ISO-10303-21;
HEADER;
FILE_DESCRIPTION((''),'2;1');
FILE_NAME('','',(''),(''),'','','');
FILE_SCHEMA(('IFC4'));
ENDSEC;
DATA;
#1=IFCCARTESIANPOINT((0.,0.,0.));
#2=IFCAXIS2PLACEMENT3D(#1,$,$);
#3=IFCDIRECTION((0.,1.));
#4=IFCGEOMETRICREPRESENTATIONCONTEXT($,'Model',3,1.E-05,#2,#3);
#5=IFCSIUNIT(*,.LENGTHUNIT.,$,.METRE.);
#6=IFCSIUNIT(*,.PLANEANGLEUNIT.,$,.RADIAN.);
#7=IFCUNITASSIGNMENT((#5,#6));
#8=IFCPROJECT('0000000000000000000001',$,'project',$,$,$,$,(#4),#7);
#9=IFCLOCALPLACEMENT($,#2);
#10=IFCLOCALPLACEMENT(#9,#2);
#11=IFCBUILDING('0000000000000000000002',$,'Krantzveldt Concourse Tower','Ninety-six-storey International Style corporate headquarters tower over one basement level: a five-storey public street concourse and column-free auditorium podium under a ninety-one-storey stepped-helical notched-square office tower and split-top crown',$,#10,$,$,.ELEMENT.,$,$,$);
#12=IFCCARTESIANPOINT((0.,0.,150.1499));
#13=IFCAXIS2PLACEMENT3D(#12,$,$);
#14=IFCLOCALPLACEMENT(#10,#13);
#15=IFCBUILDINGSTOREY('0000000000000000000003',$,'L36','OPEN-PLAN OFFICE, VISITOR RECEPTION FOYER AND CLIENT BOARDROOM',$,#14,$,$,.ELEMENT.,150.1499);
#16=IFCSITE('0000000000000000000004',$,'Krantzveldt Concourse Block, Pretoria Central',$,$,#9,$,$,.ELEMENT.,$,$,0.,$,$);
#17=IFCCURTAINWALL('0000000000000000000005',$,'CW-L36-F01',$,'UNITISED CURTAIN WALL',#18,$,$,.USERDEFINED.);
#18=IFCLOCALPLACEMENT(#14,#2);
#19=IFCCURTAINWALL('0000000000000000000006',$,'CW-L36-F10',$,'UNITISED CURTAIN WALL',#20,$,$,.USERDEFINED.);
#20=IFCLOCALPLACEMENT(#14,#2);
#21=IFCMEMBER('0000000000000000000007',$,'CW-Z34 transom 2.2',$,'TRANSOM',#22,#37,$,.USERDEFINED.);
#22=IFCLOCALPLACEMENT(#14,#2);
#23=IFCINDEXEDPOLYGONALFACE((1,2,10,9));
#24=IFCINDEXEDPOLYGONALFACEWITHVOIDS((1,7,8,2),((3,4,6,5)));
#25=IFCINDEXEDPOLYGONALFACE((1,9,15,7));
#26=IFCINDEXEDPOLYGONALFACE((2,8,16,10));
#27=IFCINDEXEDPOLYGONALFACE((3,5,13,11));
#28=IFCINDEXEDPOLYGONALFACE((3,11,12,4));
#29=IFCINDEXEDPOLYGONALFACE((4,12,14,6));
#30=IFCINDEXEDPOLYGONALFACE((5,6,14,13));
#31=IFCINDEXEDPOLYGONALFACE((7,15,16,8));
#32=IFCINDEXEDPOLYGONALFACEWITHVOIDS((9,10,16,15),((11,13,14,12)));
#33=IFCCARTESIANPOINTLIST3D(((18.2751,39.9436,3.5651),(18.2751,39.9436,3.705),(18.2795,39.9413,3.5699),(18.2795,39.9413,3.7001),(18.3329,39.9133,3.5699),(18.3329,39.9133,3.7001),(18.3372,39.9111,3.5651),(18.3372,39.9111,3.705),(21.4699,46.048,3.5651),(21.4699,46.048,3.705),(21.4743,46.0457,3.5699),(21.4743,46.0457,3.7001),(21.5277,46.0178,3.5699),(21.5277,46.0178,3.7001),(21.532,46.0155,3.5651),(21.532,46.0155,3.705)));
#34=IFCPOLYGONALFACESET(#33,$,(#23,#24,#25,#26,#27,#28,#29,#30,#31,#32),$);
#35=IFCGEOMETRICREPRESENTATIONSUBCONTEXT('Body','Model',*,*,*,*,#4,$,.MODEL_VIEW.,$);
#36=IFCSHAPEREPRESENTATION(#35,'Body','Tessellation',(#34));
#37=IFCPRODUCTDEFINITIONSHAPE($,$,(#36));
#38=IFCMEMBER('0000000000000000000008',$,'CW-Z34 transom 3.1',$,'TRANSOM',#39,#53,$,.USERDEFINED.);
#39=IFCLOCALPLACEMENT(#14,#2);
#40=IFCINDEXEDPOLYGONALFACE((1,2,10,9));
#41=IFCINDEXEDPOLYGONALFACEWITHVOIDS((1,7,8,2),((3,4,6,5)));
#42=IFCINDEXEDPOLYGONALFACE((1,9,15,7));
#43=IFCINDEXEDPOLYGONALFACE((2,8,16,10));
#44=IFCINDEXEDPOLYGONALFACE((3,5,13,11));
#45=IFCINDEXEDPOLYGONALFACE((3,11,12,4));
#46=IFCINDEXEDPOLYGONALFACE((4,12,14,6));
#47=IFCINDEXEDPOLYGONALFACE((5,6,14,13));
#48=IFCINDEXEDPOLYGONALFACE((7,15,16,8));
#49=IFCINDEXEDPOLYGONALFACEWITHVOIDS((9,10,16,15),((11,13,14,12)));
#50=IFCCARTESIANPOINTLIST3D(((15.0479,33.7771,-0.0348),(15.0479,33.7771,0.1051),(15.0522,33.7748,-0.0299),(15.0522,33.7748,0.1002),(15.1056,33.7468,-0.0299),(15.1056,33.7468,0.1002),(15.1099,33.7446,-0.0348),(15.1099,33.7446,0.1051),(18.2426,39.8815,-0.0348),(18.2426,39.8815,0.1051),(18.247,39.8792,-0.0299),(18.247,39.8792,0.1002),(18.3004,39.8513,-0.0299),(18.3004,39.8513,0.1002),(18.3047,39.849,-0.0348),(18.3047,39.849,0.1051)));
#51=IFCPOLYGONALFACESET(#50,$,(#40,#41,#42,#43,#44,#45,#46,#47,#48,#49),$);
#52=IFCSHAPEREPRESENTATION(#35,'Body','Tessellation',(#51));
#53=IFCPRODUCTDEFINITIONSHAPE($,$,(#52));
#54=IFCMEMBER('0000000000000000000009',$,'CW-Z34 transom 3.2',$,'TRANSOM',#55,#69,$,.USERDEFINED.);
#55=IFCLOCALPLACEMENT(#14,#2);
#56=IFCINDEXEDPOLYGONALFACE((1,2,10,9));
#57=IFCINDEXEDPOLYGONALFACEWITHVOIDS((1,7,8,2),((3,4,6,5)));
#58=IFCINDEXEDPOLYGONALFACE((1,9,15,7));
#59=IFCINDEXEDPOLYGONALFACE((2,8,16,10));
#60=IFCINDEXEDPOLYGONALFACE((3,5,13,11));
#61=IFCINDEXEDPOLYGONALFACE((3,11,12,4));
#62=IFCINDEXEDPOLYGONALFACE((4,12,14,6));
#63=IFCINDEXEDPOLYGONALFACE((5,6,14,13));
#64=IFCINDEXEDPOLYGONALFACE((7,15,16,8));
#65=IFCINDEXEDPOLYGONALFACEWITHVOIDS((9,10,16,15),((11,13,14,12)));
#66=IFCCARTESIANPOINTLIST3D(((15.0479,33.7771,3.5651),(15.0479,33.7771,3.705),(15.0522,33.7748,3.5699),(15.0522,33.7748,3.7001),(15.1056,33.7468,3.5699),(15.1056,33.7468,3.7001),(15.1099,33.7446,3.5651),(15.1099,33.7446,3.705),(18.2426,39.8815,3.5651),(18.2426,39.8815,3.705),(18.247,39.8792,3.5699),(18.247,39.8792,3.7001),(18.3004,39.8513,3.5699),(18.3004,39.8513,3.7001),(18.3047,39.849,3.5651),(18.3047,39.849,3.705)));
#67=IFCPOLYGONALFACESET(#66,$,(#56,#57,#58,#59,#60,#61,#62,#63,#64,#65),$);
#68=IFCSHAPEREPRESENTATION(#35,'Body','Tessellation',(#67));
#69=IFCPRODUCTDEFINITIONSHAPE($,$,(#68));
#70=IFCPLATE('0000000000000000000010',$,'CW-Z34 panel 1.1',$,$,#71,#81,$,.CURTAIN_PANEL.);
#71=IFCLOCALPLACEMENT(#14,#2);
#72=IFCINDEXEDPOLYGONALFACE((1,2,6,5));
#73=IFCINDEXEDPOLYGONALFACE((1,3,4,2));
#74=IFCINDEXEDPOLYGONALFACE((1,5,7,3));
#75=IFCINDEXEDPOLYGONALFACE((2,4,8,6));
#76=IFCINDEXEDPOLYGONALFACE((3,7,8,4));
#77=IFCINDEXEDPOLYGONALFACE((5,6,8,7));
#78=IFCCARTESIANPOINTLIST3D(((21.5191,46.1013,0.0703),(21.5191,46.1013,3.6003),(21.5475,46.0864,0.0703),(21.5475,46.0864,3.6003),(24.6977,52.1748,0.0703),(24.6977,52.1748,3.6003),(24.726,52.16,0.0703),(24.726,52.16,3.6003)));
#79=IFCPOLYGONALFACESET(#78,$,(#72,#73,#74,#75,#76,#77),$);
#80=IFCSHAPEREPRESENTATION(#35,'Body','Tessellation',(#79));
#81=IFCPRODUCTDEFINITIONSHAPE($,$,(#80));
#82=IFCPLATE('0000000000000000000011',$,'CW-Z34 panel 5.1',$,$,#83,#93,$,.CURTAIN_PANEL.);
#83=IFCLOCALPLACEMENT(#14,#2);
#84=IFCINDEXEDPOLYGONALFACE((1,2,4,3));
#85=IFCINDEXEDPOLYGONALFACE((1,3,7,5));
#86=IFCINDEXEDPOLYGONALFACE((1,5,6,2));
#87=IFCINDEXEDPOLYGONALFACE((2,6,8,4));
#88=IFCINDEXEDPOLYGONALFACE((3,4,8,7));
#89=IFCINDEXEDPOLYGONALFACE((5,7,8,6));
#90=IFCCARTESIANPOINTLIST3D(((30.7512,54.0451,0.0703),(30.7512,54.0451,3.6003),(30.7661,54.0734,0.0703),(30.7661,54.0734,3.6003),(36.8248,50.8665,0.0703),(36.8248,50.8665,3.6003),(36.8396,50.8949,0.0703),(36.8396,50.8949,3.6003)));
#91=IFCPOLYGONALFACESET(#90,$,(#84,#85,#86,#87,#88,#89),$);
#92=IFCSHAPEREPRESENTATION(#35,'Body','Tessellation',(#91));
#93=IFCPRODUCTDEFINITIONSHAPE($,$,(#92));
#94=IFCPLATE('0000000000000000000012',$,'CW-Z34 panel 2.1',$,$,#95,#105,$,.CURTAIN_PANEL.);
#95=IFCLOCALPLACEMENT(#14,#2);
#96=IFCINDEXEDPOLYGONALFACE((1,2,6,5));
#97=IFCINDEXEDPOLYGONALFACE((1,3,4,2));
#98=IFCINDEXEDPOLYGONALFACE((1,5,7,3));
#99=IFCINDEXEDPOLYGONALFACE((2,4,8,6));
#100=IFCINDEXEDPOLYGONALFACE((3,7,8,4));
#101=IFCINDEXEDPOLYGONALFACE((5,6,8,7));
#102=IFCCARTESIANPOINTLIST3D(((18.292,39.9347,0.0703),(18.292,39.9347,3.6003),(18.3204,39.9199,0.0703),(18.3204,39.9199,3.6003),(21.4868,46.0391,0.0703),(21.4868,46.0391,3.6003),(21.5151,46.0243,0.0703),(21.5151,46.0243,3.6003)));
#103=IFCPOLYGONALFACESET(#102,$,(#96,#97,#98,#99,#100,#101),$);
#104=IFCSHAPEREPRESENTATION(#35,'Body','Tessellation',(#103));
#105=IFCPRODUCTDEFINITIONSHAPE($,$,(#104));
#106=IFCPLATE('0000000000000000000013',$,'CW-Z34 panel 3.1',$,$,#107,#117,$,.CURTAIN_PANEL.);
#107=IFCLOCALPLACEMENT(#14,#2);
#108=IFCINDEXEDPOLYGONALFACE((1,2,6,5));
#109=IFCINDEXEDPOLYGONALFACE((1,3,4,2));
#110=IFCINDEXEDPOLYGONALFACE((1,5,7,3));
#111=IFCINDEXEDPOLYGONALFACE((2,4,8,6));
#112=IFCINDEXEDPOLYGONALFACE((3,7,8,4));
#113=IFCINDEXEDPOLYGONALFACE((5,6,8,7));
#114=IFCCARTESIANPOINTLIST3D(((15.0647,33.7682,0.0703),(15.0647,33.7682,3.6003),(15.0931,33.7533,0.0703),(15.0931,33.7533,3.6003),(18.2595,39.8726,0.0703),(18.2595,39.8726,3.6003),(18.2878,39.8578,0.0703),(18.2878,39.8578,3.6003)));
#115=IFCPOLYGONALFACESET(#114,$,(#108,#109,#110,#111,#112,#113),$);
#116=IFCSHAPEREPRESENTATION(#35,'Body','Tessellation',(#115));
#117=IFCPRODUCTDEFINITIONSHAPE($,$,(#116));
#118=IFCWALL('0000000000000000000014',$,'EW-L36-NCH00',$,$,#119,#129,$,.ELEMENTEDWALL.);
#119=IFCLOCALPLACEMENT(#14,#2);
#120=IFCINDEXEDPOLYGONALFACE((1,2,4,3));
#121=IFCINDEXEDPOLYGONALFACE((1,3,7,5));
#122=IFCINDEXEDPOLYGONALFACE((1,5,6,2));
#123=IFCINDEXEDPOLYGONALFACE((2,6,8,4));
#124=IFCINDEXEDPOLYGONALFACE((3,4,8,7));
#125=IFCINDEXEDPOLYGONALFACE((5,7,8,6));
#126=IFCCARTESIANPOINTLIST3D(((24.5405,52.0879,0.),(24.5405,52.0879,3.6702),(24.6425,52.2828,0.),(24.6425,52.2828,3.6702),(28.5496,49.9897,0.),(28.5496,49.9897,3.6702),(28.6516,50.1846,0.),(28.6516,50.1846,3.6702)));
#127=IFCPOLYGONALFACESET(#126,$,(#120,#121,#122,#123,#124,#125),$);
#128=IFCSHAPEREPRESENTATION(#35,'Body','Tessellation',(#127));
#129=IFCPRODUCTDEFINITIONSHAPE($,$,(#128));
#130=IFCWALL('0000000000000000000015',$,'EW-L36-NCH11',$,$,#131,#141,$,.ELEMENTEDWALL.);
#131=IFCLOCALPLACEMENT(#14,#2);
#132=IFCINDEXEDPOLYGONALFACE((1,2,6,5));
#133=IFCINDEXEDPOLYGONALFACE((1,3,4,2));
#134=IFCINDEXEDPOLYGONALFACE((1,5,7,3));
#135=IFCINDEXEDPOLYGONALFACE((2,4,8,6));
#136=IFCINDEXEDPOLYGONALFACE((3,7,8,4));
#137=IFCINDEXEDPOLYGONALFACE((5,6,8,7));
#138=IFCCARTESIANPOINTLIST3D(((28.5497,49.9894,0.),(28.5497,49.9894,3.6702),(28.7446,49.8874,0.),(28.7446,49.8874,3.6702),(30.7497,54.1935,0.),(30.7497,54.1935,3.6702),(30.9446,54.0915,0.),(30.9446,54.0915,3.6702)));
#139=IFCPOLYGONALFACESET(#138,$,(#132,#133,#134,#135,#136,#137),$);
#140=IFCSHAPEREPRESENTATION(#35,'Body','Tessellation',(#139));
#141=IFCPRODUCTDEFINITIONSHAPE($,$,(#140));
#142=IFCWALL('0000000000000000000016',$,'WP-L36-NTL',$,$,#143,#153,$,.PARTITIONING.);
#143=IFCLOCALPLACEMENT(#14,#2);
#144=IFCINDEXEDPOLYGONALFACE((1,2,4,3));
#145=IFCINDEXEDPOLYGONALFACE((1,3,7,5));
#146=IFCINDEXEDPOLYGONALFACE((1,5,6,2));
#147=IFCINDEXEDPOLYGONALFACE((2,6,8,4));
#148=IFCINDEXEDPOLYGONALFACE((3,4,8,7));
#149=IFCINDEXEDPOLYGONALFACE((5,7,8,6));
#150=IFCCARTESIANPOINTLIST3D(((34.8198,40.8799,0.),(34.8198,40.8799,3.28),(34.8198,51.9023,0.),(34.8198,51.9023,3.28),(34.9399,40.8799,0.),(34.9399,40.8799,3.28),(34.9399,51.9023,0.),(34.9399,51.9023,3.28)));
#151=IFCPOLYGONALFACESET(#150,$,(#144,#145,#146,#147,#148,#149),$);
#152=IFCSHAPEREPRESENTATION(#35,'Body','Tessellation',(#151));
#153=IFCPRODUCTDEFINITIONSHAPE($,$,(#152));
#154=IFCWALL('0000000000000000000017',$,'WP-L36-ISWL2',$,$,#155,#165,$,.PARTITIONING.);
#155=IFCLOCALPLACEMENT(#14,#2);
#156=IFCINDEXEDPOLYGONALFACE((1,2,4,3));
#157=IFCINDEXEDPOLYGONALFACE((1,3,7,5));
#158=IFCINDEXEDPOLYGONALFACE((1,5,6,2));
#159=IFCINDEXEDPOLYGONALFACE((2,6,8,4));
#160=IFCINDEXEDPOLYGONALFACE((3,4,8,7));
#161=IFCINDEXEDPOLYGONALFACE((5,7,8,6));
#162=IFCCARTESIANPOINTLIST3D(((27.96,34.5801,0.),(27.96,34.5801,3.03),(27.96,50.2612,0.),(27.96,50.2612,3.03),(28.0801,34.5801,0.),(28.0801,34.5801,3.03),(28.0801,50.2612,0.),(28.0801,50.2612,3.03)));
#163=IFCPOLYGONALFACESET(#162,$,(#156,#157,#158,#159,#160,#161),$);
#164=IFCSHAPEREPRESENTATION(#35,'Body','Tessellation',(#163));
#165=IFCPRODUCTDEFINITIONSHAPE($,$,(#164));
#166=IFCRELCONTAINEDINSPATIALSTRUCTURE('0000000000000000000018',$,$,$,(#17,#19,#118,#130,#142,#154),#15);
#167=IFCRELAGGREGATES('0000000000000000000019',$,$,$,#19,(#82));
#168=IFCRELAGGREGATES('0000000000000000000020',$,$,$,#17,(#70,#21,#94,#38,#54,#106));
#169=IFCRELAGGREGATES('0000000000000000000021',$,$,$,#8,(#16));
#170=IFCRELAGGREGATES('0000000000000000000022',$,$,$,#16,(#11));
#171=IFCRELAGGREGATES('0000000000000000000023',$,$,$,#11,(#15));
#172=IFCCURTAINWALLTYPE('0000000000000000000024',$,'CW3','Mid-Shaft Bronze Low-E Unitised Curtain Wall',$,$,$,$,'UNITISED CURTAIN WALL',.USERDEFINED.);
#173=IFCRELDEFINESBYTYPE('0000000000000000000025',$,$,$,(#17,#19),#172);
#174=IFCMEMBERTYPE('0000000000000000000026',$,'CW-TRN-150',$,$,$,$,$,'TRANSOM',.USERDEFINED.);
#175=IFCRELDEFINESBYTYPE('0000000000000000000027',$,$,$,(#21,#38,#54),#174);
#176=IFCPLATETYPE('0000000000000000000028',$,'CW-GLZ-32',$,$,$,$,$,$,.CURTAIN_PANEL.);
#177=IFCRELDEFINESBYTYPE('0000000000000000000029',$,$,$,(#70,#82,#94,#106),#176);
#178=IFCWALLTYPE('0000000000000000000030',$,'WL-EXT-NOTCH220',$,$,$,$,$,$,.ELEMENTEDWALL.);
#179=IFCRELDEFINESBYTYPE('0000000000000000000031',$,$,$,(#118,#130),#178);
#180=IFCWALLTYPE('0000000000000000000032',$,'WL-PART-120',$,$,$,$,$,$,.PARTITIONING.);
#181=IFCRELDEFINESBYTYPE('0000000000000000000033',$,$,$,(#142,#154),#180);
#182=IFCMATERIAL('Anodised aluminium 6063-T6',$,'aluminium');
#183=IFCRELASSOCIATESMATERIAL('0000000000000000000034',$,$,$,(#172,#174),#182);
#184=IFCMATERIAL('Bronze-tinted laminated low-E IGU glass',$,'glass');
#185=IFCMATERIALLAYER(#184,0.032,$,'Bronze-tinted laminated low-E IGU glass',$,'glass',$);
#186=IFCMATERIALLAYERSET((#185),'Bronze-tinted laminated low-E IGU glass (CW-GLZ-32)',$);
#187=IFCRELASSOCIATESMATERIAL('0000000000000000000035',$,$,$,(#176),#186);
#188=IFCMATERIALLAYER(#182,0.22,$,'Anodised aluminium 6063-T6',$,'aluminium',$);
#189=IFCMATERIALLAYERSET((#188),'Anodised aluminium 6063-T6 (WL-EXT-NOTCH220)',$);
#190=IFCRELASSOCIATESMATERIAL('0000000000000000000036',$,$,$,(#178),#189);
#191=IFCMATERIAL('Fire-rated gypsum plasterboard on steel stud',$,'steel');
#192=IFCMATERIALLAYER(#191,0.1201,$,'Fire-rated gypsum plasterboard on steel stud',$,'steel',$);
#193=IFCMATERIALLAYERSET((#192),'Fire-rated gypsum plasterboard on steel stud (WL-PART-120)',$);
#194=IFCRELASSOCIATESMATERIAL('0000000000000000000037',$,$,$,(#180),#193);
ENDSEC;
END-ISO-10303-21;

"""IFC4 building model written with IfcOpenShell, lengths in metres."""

from ifc_helpers import new_model, si_unit, direction, frame, frame_2d, origin, origin_2d, place, context, subcontext, project, spatial, rectangle, hollow_rectangle, extrude, source, transform, mapped, material, layer, layer_set, material_profile, profile_set, type_object, type_shapes, element, aggregate, save


model = new_model("IFC4")

# Units and contexts
model_context = context("Model", 3, precision=1e-05, world=origin(), true_north=direction((0.0, 1.0)))
body_context = subcontext(model_context, "Body", "Model", "MODEL_VIEW")
ifc_project = project(units=[si_unit("LENGTHUNIT", "METRE"), si_unit("PLANEANGLEUNIT", "RADIAN")], contexts=[model_context])

# Site, building, storey
site_placement = place(None, origin())
site = spatial("IfcSite", under=ifc_project, at=site_placement, Name="Krantzveldt Concourse Block, Pretoria Central", CompositionType="ELEMENT", RefElevation=0.0)
building_placement = place(site_placement, origin())
building = spatial("IfcBuilding", under=site, at=building_placement, Name="Krantzveldt Concourse Tower", Description="Ninety-six-storey International Style corporate headquarters tower over one basement level: a five-storey public street concourse and column-free auditorium podium under a ninety-one-storey stepped-helical notched-square office tower and split-top crown", CompositionType="ELEMENT")
storey_placement = place(building_placement, frame((0.0, 0.0, 150.1499)))
storey = spatial("IfcBuildingStorey", under=building, at=storey_placement, Name="L36", Description="OPEN-PLAN OFFICE, VISITOR RECEPTION FOYER AND CLIENT BOARDROOM", CompositionType="ELEMENT", Elevation=150.1499)

# Curtain wall
ifc_material_1 = material(Name="Anodised aluminium 6063-T6", Category="aluminium")
curtain_wall_type = type_object("IfcCurtainWallType", Name="CW3", Description="Mid-Shaft Bronze Low-E Unitised Curtain Wall", ElementType="UNITISED CURTAIN WALL", PredefinedType="USERDEFINED", material=ifc_material_1)
curtain_wall_1_placement = place(storey_placement, origin())
curtain_wall_1 = element("IfcCurtainWall", 1, at=curtain_wall_1_placement, inside=storey, type_object=curtain_wall_type, Name="CW-L36-F01", ObjectType="UNITISED CURTAIN WALL", PredefinedType="USERDEFINED")

# Curtain wall
curtain_wall_2_placement = place(storey_placement, origin())
curtain_wall_2 = element("IfcCurtainWall", 2, at=curtain_wall_2_placement, inside=storey, type_object=curtain_wall_type, Name="CW-L36-F10", ObjectType="UNITISED CURTAIN WALL", PredefinedType="USERDEFINED")

# Members
ifc_material_profile_1 = material_profile(ifc_material_1, hollow_rectangle(XDim=0.0701, YDim=0.1399, WallThickness=0.0049, at=origin_2d()), Name="Anodised aluminium 6063-T6", Category="aluminium")
ifc_profile_set_1 = profile_set([ifc_material_profile_1], Name="Anodised aluminium 6063-T6 - ALU-TRAN 140x70x5")
member_type_1 = type_object("IfcMemberType", Name="CW-TRN-150", ElementType="TRANSOM", PredefinedType="USERDEFINED", material=ifc_profile_set_1)
shared_shape_1 = source(origin(), body_context, "Body", "SweptSolid", [
    extrude(hollow_rectangle(XDim=0.0701, YDim=0.1399, WallThickness=0.0049, at=origin_2d()), origin(), (0.0, 0.0, 1.0), 6.8899),
])
member_1_placement = place(storey_placement, frame((21.501, 46.0317, 3.635), z_axis=(-0.463692, -0.885997, 0.0), x_axis=(0.885997, -0.463692, 0.0)))
member_1 = element("IfcMember", 3, at=member_1_placement, type_object=member_type_1, Name="CW-Z34 transom 2.2", ObjectType="TRANSOM", PredefinedType="USERDEFINED", context=body_context, shape_type="MappedRepresentation", body=[
    mapped(shared_shape_1, transform((0.0, 0.0, 0.0), x_axis=(1.0, 0.0, 0.0), y_axis=(0.0, 1.0, 0.0), z_axis=(0.0, 0.0, 1.0), scale=1.0)),
])
member_2_placement = place(storey_placement, frame((18.2737, 39.8652, 0.0352), z_axis=(-0.463692, -0.885997, 0.0), x_axis=(0.885997, -0.463692, 0.0)))
member_2 = element("IfcMember", 4, at=member_2_placement, type_object=member_type_1, Name="CW-Z34 transom 3.1", ObjectType="TRANSOM", PredefinedType="USERDEFINED", context=body_context, shape_type="MappedRepresentation", body=[
    mapped(shared_shape_1, transform((0.0, 0.0, 0.0), x_axis=(1.0, 0.0, 0.0), y_axis=(0.0, 1.0, 0.0), z_axis=(0.0, 0.0, 1.0), scale=1.0)),
])
member_3_placement = place(storey_placement, frame((18.2737, 39.8652, 3.635), z_axis=(-0.463692, -0.885997, 0.0), x_axis=(0.885997, -0.463692, 0.0)))
member_3 = element("IfcMember", 5, at=member_3_placement, type_object=member_type_1, Name="CW-Z34 transom 3.2", ObjectType="TRANSOM", PredefinedType="USERDEFINED", context=body_context, shape_type="MappedRepresentation", body=[
    mapped(shared_shape_1, transform((0.0, 0.0, 0.0), x_axis=(1.0, 0.0, 0.0), y_axis=(0.0, 1.0, 0.0), z_axis=(0.0, 0.0, 1.0), scale=1.0)),
])

# Plates
ifc_material_2 = material(Name="Bronze-tinted laminated low-E IGU glass", Category="glass")
ifc_layer_1 = layer(ifc_material_2, 0.032, Name="Bronze-tinted laminated low-E IGU glass", Category="glass")
ifc_layer_set_1 = layer_set([ifc_layer_1], Name="Bronze-tinted laminated low-E IGU glass (CW-GLZ-32)")
plate_type = type_object("IfcPlateType", Name="CW-GLZ-32", PredefinedType="CURTAIN_PANEL", material=ifc_layer_set_1)
shared_shape_2 = source(origin(), body_context, "Body", "SweptSolid", [
    extrude(rectangle(XDim=6.855, YDim=0.032, at=origin_2d()), origin(), (0.0, 0.0, 1.0), 3.53),
])
plate_1_placement = place(storey_placement, frame((23.1226, 49.1306, 0.0703), z_axis=(0.0, 0.0, 1.0), x_axis=(-0.463683, -0.886001, 0.0)))
plate_1 = element("IfcPlate", 6, at=plate_1_placement, type_object=plate_type, Name="CW-Z34 panel 1.1", PredefinedType="CURTAIN_PANEL", context=body_context, shape_type="MappedRepresentation", body=[
    mapped(shared_shape_2, transform((0.0, 0.0, 0.0), x_axis=(1.0, 0.0, 0.0), y_axis=(0.0, 1.0, 0.0), z_axis=(0.0, 0.0, 1.0), scale=1.0)),
])
plate_2_placement = place(storey_placement, frame((33.7954, 52.47, 0.0703), z_axis=(0.0, 0.0, 1.0), x_axis=(-0.886001, 0.463683, 0.0)))
plate_2 = element("IfcPlate", 7, at=plate_2_placement, type_object=plate_type, Name="CW-Z34 panel 5.1", PredefinedType="CURTAIN_PANEL", context=body_context, shape_type="MappedRepresentation", body=[
    mapped(shared_shape_2, transform((0.0, 0.0, 0.0), x_axis=(1.0, 0.0, 0.0), y_axis=(0.0, 1.0, 0.0), z_axis=(0.0, 0.0, 1.0), scale=1.0)),
])
aggregate(curtain_wall_2, [plate_2])
shared_shape_3 = source(origin(), body_context, "Body", "SweptSolid", [
    extrude(rectangle(XDim=6.8899, YDim=0.032, at=origin_2d()), origin(), (0.0, 0.0, 1.0), 3.53),
])
type_shapes(plate_type, [shared_shape_2, shared_shape_3])
plate_3_placement = place(storey_placement, frame((19.9036, 42.9795, 0.0703), z_axis=(0.0, 0.0, 1.0), x_axis=(-0.463683, -0.886001, 0.0)))
plate_3 = element("IfcPlate", 8, at=plate_3_placement, type_object=plate_type, Name="CW-Z34 panel 2.1", PredefinedType="CURTAIN_PANEL", context=body_context, shape_type="MappedRepresentation", body=[
    mapped(shared_shape_3, transform((0.0, 0.0, 0.0), x_axis=(1.0, 0.0, 0.0), y_axis=(0.0, 1.0, 0.0), z_axis=(0.0, 0.0, 1.0), scale=1.0)),
])
plate_4_placement = place(storey_placement, frame((16.6763, 36.813, 0.0703), z_axis=(0.0, 0.0, 1.0), x_axis=(-0.463683, -0.886001, 0.0)))
plate_4 = element("IfcPlate", 9, at=plate_4_placement, type_object=plate_type, Name="CW-Z34 panel 3.1", PredefinedType="CURTAIN_PANEL", context=body_context, shape_type="MappedRepresentation", body=[
    mapped(shared_shape_3, transform((0.0, 0.0, 0.0), x_axis=(1.0, 0.0, 0.0), y_axis=(0.0, 1.0, 0.0), z_axis=(0.0, 0.0, 1.0), scale=1.0)),
])
aggregate(curtain_wall_1, [plate_1, member_1, plate_3, member_2, member_3, plate_4])

# Walls
ifc_layer_2 = layer(ifc_material_1, 0.22, Name="Anodised aluminium 6063-T6", Category="aluminium")
ifc_layer_set_2 = layer_set([ifc_layer_2], Name="Anodised aluminium 6063-T6 (WL-EXT-NOTCH220)")
wall_type_1 = type_object("IfcWallType", Name="WL-EXT-NOTCH220", PredefinedType="ELEMENTEDWALL", material=ifc_layer_set_2)
wall_1_placement = place(storey_placement, frame((28.6006, 50.0872, 0.0), z_axis=(0.0, 0.0, 1.0), x_axis=(-0.885997, 0.46369, 0.0)))
element("IfcWall", 10, at=wall_1_placement, inside=storey, type_object=wall_type_1, Name="EW-L36-NCH00", PredefinedType="ELEMENTEDWALL", context=body_context, shape_type="SweptSolid", body=[
    extrude(rectangle(XDim=4.5249, YDim=0.22, at=frame_2d((2.2625, 0.0))), origin(), (0.0, 0.0, 1.0), 3.6702),
])
wall_2_placement = place(storey_placement, frame((30.8472, 54.1426, 0.0), z_axis=(0.0, 0.0, 1.0), x_axis=(-0.463644, -0.886022, 0.0)))
element("IfcWall", 11, at=wall_2_placement, inside=storey, type_object=wall_type_1, Name="EW-L36-NCH11", PredefinedType="ELEMENTEDWALL", context=body_context, shape_type="SweptSolid", body=[
    extrude(rectangle(XDim=4.7449, YDim=0.22, at=frame_2d((2.3726, 0.0))), origin(), (0.0, 0.0, 1.0), 3.6702),
])
ifc_material_3 = material(Name="Fire-rated gypsum plasterboard on steel stud", Category="steel")
ifc_layer_3 = layer(ifc_material_3, 0.1201, Name="Fire-rated gypsum plasterboard on steel stud", Category="steel")
ifc_layer_set_3 = layer_set([ifc_layer_3], Name="Fire-rated gypsum plasterboard on steel stud (WL-PART-120)")
wall_type_2 = type_object("IfcWallType", Name="WL-PART-120", PredefinedType="PARTITIONING", material=ifc_layer_set_3)
wall_3_placement = place(storey_placement, frame((34.8799, 40.8799, 0.0), z_axis=(0.0, 0.0, 1.0), x_axis=(0.0, 1.0, 0.0)))
element("IfcWall", 12, at=wall_3_placement, inside=storey, type_object=wall_type_2, Name="WP-L36-NTL", PredefinedType="PARTITIONING", context=body_context, shape_type="SweptSolid", body=[
    extrude(rectangle(XDim=11.0225, YDim=0.1201, at=frame_2d((5.5112, 0.0))), origin(), (0.0, 0.0, 1.0), 3.28),
])
wall_4_placement = place(storey_placement, frame((28.02, 34.5801, 0.0), z_axis=(0.0, 0.0, 1.0), x_axis=(0.0, 1.0, 0.0)))
element("IfcWall", 13, at=wall_4_placement, inside=storey, type_object=wall_type_2, Name="WP-L36-ISWL2", PredefinedType="PARTITIONING", context=body_context, shape_type="SweptSolid", body=[
    extrude(rectangle(XDim=15.6812, YDim=0.1201, at=frame_2d((7.8406, 0.0))), origin(), (0.0, 0.0, 1.0), 3.03),
])

save(model, "model.ifc")
